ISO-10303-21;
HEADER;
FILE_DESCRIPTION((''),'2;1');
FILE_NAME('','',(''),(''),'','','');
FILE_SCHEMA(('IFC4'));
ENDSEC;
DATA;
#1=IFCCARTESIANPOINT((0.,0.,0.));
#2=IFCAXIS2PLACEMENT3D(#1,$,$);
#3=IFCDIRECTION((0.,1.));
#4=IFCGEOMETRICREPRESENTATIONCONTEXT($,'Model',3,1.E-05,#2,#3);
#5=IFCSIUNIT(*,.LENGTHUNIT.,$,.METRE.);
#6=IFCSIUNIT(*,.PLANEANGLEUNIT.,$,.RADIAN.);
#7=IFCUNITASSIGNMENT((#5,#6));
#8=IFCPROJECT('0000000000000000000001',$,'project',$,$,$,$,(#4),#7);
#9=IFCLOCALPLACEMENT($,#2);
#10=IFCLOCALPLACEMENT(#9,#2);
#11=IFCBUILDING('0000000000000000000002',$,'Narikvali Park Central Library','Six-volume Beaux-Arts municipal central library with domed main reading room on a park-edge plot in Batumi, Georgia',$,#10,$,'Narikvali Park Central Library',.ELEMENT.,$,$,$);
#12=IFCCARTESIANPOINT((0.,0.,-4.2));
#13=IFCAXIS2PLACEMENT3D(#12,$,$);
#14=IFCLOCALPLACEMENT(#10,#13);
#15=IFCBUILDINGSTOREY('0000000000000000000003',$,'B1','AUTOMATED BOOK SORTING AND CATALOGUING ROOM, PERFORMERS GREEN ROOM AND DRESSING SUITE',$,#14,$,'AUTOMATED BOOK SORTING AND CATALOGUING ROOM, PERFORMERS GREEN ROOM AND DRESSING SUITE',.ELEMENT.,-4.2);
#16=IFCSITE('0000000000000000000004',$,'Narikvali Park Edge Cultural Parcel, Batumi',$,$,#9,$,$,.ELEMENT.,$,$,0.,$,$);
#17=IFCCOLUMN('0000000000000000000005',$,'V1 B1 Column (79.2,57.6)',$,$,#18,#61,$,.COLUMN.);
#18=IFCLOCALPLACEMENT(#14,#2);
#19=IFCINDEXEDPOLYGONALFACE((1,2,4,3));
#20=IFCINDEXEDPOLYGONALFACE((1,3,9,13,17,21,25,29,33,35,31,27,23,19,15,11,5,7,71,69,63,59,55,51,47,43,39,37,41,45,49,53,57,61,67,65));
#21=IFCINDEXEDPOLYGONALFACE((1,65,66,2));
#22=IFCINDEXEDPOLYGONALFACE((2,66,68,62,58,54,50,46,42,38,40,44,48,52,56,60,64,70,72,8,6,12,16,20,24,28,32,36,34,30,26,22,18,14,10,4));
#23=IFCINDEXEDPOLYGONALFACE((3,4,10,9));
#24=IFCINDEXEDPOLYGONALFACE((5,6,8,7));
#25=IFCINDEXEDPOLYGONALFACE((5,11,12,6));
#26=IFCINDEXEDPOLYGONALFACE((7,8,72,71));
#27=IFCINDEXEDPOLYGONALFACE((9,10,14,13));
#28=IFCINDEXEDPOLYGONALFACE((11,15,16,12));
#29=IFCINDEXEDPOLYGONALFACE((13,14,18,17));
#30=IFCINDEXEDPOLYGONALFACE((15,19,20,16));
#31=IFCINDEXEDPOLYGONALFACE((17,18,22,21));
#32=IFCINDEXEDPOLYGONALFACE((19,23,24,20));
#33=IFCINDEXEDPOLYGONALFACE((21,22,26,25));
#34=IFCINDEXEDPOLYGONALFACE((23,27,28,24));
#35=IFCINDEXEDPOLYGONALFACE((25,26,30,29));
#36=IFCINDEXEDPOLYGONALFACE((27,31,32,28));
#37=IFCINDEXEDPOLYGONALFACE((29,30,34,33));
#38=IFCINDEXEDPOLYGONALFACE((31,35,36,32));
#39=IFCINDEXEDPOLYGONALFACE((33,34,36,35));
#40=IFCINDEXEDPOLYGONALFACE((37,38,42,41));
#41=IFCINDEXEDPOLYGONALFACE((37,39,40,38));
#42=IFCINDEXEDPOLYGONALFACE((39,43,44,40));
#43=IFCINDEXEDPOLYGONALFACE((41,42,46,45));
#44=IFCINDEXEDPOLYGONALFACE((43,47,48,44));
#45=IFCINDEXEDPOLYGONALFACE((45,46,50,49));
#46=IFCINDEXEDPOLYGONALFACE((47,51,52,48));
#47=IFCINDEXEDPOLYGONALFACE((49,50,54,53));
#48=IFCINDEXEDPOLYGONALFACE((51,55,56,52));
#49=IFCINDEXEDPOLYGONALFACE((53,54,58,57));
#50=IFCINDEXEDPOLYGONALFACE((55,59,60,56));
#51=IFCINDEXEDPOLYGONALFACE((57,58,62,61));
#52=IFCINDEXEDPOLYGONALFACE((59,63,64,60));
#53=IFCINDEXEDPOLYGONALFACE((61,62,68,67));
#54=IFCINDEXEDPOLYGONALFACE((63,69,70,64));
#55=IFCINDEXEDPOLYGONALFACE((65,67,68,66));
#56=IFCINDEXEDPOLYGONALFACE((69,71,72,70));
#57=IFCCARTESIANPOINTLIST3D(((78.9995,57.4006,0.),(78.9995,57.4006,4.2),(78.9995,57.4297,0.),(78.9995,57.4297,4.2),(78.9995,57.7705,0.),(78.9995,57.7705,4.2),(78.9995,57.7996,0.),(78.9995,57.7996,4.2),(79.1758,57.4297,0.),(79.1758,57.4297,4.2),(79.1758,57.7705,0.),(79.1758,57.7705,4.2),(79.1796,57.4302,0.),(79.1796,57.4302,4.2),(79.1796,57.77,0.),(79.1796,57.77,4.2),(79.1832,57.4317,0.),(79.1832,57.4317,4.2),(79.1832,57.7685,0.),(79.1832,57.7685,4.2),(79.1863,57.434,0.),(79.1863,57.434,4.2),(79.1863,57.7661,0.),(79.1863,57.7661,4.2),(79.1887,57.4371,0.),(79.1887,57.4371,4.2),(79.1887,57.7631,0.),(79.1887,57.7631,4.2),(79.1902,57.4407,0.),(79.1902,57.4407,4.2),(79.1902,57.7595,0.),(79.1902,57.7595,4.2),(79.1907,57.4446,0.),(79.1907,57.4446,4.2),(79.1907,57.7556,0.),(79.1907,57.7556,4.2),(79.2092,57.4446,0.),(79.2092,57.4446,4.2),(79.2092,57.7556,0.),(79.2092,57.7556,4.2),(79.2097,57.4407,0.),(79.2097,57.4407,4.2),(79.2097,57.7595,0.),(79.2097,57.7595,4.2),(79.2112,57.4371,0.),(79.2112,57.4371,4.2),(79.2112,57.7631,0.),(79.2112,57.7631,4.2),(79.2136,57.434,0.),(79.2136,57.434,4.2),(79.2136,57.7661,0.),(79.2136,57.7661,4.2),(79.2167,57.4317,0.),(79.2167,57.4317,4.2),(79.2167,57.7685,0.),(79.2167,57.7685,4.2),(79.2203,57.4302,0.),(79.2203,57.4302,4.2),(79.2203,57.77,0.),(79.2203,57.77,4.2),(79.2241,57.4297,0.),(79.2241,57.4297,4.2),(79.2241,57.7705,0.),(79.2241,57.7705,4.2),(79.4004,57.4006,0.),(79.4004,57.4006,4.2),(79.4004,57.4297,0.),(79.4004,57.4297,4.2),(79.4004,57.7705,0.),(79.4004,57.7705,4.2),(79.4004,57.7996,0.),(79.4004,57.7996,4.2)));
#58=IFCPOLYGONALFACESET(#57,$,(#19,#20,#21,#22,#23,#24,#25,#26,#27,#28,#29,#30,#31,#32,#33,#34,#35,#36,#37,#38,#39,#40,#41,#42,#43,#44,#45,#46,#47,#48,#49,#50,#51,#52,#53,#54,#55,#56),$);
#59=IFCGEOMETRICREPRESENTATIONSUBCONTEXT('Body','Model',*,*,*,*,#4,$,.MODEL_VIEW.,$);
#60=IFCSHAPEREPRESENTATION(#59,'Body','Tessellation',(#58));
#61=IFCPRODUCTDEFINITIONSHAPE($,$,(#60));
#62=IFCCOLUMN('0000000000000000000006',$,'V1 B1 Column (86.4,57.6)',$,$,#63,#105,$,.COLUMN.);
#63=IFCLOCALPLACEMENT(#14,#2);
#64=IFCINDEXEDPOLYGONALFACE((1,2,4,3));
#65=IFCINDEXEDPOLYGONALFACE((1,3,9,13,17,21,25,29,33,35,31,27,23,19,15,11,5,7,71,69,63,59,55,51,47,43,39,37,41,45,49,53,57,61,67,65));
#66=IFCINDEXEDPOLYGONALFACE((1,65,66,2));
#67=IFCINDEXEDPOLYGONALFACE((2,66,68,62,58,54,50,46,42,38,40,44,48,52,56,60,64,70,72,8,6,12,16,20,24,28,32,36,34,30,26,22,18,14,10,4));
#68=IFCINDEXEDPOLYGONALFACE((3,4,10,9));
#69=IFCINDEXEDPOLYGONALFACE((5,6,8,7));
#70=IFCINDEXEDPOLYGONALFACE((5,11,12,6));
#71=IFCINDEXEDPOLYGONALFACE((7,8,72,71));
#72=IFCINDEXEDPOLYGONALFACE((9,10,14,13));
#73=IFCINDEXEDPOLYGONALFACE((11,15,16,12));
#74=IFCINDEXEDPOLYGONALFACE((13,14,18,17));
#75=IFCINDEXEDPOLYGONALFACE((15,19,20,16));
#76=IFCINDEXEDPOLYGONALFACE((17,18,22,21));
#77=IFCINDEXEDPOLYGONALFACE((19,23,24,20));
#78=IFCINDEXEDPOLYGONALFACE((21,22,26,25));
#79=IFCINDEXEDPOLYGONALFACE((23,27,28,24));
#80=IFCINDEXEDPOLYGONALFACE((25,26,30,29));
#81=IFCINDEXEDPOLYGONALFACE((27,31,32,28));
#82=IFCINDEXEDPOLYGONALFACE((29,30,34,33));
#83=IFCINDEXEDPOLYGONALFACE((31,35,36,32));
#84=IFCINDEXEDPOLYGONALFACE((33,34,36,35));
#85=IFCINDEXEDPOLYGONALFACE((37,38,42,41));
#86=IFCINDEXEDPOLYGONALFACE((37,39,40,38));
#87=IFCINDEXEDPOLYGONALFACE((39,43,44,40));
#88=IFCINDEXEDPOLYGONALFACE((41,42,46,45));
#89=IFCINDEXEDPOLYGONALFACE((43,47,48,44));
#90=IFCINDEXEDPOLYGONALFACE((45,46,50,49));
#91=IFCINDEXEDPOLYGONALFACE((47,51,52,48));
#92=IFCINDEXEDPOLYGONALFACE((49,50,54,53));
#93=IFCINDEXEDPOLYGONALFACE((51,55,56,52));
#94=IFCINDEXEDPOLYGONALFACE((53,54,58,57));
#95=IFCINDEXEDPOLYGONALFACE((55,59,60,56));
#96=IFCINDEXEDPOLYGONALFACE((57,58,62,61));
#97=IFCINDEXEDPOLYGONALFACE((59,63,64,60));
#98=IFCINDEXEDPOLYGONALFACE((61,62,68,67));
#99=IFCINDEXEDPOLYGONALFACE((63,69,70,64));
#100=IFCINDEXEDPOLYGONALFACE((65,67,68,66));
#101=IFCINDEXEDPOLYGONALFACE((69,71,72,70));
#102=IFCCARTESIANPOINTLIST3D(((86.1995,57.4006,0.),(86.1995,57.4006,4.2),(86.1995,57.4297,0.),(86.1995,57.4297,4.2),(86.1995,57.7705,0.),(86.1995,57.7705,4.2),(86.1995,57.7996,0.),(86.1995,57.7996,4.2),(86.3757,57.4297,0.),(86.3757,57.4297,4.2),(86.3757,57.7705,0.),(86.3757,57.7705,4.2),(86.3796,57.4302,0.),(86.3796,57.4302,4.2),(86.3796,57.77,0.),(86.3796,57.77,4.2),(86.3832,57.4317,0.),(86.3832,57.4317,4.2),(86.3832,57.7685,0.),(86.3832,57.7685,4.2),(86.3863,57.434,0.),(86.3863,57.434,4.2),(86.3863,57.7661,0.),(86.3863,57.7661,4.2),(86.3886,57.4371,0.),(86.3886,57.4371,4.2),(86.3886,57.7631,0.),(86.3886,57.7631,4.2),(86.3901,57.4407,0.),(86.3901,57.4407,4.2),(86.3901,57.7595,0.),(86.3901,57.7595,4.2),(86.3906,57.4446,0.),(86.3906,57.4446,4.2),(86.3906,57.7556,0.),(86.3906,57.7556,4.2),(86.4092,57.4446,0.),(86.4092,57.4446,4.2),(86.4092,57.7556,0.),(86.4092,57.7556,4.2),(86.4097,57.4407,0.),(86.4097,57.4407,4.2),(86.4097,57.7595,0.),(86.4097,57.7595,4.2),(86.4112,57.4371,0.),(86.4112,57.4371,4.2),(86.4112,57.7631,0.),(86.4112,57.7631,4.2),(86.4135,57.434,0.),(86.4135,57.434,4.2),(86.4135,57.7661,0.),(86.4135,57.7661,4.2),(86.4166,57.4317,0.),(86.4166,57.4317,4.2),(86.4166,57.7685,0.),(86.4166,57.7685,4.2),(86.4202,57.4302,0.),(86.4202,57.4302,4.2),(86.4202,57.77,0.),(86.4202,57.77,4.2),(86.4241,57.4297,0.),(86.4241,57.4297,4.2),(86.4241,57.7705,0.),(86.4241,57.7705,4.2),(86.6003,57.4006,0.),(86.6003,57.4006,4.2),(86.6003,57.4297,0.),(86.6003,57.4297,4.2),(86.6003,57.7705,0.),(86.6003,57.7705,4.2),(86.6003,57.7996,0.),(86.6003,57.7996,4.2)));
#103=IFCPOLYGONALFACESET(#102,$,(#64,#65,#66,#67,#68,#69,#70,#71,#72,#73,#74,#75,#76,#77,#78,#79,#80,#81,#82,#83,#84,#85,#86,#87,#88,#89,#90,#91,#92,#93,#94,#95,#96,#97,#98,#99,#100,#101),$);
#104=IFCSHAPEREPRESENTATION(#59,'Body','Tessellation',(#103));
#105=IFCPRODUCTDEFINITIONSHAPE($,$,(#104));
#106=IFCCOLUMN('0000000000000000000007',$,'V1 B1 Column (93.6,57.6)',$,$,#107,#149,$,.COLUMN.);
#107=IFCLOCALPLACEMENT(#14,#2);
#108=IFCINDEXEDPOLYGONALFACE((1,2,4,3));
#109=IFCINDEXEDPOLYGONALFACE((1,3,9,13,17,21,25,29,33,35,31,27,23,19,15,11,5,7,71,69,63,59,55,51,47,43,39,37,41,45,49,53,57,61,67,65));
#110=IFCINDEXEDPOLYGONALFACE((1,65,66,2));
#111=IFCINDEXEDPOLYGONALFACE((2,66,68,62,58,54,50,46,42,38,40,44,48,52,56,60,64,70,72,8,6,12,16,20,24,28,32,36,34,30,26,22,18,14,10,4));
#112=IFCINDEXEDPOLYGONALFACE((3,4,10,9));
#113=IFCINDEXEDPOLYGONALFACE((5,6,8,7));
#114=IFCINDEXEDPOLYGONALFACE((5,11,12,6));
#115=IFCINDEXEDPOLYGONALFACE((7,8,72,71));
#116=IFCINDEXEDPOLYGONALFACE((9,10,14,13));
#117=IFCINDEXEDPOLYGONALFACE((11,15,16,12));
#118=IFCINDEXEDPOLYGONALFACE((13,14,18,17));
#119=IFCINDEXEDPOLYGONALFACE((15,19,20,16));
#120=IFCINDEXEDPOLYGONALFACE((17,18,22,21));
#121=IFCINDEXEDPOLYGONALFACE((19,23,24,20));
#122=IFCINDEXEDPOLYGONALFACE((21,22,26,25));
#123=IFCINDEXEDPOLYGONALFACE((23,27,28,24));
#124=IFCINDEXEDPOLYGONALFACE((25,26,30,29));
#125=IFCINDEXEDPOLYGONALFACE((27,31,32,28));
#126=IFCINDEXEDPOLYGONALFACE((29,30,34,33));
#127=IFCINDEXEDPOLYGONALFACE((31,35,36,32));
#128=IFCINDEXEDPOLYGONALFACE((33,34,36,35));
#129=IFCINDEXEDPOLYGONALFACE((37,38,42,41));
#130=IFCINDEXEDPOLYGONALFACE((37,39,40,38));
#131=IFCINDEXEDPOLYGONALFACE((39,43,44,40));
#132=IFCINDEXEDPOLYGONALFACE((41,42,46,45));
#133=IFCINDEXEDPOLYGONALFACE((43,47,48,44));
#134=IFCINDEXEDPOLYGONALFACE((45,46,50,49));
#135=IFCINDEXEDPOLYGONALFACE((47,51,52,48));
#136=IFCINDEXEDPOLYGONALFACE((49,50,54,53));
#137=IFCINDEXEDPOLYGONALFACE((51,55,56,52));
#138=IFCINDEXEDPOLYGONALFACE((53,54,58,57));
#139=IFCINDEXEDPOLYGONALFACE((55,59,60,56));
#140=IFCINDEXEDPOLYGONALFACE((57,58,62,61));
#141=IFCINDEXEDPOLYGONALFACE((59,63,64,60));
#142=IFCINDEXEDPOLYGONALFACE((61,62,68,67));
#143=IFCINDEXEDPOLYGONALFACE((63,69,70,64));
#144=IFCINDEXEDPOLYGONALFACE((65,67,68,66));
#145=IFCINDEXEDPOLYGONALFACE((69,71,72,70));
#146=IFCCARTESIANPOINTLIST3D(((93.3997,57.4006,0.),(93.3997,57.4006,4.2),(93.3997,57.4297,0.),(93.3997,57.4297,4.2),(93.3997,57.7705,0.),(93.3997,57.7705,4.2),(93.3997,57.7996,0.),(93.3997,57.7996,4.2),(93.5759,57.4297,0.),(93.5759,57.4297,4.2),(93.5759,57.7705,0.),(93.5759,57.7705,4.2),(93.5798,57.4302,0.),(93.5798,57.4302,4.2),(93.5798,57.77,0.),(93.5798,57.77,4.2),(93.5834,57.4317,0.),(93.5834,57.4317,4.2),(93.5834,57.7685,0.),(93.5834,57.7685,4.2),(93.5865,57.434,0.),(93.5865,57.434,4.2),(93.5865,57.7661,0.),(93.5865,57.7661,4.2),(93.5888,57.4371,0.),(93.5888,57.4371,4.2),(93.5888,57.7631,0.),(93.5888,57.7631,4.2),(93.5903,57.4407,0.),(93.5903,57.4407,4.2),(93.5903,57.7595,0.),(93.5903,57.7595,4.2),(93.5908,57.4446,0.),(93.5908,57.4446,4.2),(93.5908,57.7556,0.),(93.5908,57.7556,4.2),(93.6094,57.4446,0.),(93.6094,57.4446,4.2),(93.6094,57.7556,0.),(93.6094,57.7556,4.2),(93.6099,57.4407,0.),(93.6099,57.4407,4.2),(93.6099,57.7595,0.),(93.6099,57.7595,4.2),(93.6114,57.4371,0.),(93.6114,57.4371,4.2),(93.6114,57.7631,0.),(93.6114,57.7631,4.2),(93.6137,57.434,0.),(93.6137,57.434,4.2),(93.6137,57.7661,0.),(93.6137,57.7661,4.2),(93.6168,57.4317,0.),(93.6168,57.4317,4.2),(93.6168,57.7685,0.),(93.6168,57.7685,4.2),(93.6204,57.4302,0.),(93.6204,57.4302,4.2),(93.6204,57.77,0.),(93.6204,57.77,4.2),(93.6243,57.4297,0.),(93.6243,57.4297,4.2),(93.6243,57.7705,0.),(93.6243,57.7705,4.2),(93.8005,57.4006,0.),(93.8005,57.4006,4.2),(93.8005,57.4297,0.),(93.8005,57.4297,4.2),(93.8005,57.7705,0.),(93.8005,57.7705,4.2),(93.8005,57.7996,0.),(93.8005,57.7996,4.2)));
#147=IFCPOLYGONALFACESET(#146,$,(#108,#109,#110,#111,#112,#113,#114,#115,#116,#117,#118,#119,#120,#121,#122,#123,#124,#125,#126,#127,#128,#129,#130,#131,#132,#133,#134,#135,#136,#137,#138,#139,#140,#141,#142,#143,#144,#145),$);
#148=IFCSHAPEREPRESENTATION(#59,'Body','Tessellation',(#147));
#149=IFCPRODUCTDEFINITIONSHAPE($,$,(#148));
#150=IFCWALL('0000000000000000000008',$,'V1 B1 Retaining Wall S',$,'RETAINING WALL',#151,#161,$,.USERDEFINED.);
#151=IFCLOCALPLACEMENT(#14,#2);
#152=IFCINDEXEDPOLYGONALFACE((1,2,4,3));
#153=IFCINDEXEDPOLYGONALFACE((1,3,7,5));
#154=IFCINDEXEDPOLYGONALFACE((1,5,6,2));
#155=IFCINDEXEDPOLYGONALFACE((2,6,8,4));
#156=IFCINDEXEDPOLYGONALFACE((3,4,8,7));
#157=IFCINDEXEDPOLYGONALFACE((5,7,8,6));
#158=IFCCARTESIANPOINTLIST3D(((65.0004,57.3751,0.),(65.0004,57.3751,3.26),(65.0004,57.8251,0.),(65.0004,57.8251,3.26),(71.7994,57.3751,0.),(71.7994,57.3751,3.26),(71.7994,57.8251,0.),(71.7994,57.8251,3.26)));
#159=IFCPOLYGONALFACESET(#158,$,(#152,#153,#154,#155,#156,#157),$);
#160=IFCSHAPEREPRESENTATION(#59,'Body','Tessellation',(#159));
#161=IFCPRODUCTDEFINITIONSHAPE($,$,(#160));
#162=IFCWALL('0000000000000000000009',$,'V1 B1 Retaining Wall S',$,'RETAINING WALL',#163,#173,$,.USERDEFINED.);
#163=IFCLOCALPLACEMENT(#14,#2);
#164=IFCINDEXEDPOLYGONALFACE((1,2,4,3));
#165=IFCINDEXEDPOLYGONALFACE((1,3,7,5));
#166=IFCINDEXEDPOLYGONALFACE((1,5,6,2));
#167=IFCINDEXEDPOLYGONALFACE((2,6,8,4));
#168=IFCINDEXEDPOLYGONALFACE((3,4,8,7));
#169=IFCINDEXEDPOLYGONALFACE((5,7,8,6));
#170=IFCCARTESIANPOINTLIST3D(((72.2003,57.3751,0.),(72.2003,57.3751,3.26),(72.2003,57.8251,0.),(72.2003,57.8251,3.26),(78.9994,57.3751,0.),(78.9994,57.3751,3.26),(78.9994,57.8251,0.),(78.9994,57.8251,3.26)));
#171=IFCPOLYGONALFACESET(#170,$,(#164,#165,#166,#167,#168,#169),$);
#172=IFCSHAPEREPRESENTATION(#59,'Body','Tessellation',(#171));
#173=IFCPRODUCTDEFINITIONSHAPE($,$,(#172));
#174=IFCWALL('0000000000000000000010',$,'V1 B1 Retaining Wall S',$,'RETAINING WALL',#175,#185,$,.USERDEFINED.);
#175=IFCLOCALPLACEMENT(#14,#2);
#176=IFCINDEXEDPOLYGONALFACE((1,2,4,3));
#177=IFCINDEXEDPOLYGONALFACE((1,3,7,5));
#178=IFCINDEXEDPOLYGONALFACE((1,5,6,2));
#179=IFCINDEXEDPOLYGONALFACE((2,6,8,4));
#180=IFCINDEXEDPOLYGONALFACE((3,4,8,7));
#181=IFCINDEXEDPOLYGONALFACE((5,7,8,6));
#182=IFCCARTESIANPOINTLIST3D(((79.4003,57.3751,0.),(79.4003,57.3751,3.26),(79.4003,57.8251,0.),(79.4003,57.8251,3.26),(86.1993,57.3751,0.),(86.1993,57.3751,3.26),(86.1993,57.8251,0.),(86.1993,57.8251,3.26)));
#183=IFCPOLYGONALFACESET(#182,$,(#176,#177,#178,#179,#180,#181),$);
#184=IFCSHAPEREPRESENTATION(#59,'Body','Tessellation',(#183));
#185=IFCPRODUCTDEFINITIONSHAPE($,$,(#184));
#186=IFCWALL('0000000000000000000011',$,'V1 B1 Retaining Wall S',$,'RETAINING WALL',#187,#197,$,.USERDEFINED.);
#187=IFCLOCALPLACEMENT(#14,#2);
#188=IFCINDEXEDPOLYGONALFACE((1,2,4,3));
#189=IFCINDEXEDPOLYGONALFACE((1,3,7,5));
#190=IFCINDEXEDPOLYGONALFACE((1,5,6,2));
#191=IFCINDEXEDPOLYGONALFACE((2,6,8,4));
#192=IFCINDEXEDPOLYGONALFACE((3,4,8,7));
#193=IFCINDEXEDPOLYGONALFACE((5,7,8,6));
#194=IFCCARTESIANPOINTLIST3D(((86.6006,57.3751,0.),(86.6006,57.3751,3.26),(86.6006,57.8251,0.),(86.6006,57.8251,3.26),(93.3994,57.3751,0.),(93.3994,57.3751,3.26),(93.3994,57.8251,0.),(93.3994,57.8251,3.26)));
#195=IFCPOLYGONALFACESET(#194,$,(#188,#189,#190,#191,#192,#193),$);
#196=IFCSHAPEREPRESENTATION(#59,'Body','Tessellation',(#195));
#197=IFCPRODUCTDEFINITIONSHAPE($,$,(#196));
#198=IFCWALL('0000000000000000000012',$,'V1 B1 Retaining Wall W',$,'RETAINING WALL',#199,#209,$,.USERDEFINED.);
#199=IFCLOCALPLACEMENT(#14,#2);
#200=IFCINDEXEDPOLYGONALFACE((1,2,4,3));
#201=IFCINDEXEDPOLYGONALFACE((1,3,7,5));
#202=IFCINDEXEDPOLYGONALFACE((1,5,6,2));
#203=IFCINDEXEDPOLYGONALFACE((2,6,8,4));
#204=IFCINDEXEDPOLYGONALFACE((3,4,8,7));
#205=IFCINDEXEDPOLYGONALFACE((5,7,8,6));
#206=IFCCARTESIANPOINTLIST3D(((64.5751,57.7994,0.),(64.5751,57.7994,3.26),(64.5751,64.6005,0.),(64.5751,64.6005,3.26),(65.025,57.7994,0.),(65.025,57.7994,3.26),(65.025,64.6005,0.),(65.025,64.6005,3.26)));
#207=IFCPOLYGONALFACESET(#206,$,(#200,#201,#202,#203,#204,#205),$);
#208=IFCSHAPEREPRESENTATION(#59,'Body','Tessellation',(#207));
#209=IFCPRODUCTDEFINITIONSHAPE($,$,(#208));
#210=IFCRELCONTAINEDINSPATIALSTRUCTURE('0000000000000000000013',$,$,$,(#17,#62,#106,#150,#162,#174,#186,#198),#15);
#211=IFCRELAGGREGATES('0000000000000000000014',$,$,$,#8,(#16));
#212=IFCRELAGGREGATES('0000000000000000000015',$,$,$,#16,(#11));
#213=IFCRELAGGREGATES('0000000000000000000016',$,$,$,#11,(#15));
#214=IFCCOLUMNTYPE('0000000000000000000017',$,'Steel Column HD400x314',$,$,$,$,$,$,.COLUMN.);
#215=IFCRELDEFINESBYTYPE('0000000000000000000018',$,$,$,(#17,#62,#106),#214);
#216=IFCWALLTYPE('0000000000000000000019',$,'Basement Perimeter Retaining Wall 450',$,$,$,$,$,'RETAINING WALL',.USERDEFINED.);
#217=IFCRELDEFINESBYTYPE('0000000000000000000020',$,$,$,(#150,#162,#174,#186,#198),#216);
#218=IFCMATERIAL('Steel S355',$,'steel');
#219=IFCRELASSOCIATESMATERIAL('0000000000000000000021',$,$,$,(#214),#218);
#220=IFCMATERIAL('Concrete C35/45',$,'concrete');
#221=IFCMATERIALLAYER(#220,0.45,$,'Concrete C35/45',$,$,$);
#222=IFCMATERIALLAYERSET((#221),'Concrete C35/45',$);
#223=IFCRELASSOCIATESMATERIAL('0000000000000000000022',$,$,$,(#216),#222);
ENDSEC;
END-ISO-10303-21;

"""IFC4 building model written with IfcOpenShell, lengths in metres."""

from ifc_helpers import new_model, si_unit, direction, frame, frame_2d, origin, origin_2d, place, context, subcontext, project, spatial, rectangle, i_section, extrude, material, layer, layer_set, material_profile, profile_set, type_object, element, save


model = new_model("IFC4")

# Units and contexts
model_context = context("Model", 3, precision=1e-05, world=origin(), true_north=direction((0.0, 1.0)))
body_context = subcontext(model_context, "Body", "Model", "MODEL_VIEW")
ifc_project = project(units=[si_unit("LENGTHUNIT", "METRE"), si_unit("PLANEANGLEUNIT", "RADIAN")], contexts=[model_context])

# Site, building, storey
site_placement = place(None, origin())
site = spatial("IfcSite", under=ifc_project, at=site_placement, Name="Narikvali Park Edge Cultural Parcel, Batumi", CompositionType="ELEMENT", RefElevation=0.0)
building_placement = place(site_placement, origin())
building = spatial("IfcBuilding", under=site, at=building_placement, Name="Narikvali Park Central Library", Description="Six-volume Beaux-Arts municipal central library with domed main reading room on a park-edge plot in Batumi, Georgia", LongName="Narikvali Park Central Library", CompositionType="ELEMENT")
storey_placement = place(building_placement, frame((0.0, 0.0, -4.2)))
storey = spatial("IfcBuildingStorey", under=building, at=storey_placement, Name="B1", Description="AUTOMATED BOOK SORTING AND CATALOGUING ROOM, PERFORMERS GREEN ROOM AND DRESSING SUITE", LongName="AUTOMATED BOOK SORTING AND CATALOGUING ROOM, PERFORMERS GREEN ROOM AND DRESSING SUITE", CompositionType="ELEMENT", Elevation=-4.2)

# Shared definitions
ifc_material_1 = material(Name="Concrete C35/45", Category="concrete")

# Columns
ifc_material_2 = material(Name="Steel S355", Category="steel")
ifc_material_profile_1 = material_profile(ifc_material_2, i_section(OverallWidth=0.4009, OverallDepth=0.3989, WebThickness=0.0186, FlangeThickness=0.0291, FilletRadius=0.0149, at=origin_2d()), Name="HD 400x314")
ifc_profile_set_1 = profile_set([ifc_material_profile_1], Name="Steel S355")
column_type = type_object("IfcColumnType", Name="Steel Column HD400x314", PredefinedType="COLUMN", material=ifc_profile_set_1)
for number, where, z_axis, x_axis, name in (
    (1, (79.2, 57.6001, 0.0), (0.0, 0.0, 1.0), (1.0, 0.0, 0.0), "V1 B1 Column (79.2,57.6)"),
    (2, (86.3999, 57.6001, 0.0), (0.0, 0.0, 1.0), (1.0, 0.0, 0.0), "V1 B1 Column (86.4,57.6)"),
    (3, (93.6001, 57.6001, 0.0), (0.0, 0.0, 1.0), (1.0, 0.0, 0.0), "V1 B1 Column (93.6,57.6)"),
):
    element("IfcColumn", number, at=place(storey_placement, frame(where, z_axis=z_axis, x_axis=x_axis)), inside=storey, type_object=column_type, Name=name, PredefinedType="COLUMN", context=body_context, shape_type="SweptSolid", body=[
        extrude(i_section(OverallWidth=0.4009, OverallDepth=0.3989, WebThickness=0.0186, FlangeThickness=0.0291, FilletRadius=0.0149, at=origin_2d()), origin(), (0.0, 0.0, 1.0), 4.2),
    ])

# Walls
ifc_layer_1 = layer(ifc_material_1, 0.45, Name="Concrete C35/45")
ifc_layer_set_1 = layer_set([ifc_layer_1], Name="Concrete C35/45")
wall_type = type_object("IfcWallType", Name="Basement Perimeter Retaining Wall 450", ElementType="RETAINING WALL", PredefinedType="USERDEFINED", material=ifc_layer_set_1)
for number, where, z_axis, x_axis, name in (
    (4, (65.0005, 57.6001, 0.0), (0.0, 0.0, 1.0), (1.0, 0.0, 0.0), "V1 B1 Retaining Wall S"),
    (5, (72.2004, 57.6001, 0.0), (0.0, 0.0, 1.0), (1.0, 0.0, 0.0), "V1 B1 Retaining Wall S"),
    (6, (79.4004, 57.6001, 0.0), (0.0, 0.0, 1.0), (1.0, 0.0, 0.0), "V1 B1 Retaining Wall S"),
):
    element("IfcWall", number, at=place(storey_placement, frame(where, z_axis=z_axis, x_axis=x_axis)), inside=storey, type_object=wall_type, Name=name, ObjectType="RETAINING WALL", PredefinedType="USERDEFINED", context=body_context, shape_type="SweptSolid", body=[
        extrude(rectangle(XDim=6.7991, YDim=0.45, at=frame_2d((3.3994, 0.0))), origin(), (0.0, 0.0, 1.0), 3.26),
    ])
wall_1_placement = place(storey_placement, frame((86.6006, 57.6001, 0.0), z_axis=(0.0, 0.0, 1.0), x_axis=(1.0, 0.0, 0.0)))
element("IfcWall", 7, at=wall_1_placement, inside=storey, type_object=wall_type, Name="V1 B1 Retaining Wall S", ObjectType="RETAINING WALL", PredefinedType="USERDEFINED", context=body_context, shape_type="SweptSolid", body=[
    extrude(rectangle(XDim=6.7988, YDim=0.45, at=frame_2d((3.3994, 0.0))), origin(), (0.0, 0.0, 1.0), 3.26),
])
wall_2_placement = place(storey_placement, frame((64.8, 57.7996, 0.0), z_axis=(0.0, 0.0, 1.0), x_axis=(0.0, 1.0, 0.0)))
element("IfcWall", 8, at=wall_2_placement, inside=storey, type_object=wall_type, Name="V1 B1 Retaining Wall W", ObjectType="RETAINING WALL", PredefinedType="USERDEFINED", context=body_context, shape_type="SweptSolid", body=[
    extrude(rectangle(XDim=6.801, YDim=0.45, at=frame_2d((3.4004, 0.0))), origin(), (0.0, 0.0, 1.0), 3.26),
])

save(model, "model.ifc")
